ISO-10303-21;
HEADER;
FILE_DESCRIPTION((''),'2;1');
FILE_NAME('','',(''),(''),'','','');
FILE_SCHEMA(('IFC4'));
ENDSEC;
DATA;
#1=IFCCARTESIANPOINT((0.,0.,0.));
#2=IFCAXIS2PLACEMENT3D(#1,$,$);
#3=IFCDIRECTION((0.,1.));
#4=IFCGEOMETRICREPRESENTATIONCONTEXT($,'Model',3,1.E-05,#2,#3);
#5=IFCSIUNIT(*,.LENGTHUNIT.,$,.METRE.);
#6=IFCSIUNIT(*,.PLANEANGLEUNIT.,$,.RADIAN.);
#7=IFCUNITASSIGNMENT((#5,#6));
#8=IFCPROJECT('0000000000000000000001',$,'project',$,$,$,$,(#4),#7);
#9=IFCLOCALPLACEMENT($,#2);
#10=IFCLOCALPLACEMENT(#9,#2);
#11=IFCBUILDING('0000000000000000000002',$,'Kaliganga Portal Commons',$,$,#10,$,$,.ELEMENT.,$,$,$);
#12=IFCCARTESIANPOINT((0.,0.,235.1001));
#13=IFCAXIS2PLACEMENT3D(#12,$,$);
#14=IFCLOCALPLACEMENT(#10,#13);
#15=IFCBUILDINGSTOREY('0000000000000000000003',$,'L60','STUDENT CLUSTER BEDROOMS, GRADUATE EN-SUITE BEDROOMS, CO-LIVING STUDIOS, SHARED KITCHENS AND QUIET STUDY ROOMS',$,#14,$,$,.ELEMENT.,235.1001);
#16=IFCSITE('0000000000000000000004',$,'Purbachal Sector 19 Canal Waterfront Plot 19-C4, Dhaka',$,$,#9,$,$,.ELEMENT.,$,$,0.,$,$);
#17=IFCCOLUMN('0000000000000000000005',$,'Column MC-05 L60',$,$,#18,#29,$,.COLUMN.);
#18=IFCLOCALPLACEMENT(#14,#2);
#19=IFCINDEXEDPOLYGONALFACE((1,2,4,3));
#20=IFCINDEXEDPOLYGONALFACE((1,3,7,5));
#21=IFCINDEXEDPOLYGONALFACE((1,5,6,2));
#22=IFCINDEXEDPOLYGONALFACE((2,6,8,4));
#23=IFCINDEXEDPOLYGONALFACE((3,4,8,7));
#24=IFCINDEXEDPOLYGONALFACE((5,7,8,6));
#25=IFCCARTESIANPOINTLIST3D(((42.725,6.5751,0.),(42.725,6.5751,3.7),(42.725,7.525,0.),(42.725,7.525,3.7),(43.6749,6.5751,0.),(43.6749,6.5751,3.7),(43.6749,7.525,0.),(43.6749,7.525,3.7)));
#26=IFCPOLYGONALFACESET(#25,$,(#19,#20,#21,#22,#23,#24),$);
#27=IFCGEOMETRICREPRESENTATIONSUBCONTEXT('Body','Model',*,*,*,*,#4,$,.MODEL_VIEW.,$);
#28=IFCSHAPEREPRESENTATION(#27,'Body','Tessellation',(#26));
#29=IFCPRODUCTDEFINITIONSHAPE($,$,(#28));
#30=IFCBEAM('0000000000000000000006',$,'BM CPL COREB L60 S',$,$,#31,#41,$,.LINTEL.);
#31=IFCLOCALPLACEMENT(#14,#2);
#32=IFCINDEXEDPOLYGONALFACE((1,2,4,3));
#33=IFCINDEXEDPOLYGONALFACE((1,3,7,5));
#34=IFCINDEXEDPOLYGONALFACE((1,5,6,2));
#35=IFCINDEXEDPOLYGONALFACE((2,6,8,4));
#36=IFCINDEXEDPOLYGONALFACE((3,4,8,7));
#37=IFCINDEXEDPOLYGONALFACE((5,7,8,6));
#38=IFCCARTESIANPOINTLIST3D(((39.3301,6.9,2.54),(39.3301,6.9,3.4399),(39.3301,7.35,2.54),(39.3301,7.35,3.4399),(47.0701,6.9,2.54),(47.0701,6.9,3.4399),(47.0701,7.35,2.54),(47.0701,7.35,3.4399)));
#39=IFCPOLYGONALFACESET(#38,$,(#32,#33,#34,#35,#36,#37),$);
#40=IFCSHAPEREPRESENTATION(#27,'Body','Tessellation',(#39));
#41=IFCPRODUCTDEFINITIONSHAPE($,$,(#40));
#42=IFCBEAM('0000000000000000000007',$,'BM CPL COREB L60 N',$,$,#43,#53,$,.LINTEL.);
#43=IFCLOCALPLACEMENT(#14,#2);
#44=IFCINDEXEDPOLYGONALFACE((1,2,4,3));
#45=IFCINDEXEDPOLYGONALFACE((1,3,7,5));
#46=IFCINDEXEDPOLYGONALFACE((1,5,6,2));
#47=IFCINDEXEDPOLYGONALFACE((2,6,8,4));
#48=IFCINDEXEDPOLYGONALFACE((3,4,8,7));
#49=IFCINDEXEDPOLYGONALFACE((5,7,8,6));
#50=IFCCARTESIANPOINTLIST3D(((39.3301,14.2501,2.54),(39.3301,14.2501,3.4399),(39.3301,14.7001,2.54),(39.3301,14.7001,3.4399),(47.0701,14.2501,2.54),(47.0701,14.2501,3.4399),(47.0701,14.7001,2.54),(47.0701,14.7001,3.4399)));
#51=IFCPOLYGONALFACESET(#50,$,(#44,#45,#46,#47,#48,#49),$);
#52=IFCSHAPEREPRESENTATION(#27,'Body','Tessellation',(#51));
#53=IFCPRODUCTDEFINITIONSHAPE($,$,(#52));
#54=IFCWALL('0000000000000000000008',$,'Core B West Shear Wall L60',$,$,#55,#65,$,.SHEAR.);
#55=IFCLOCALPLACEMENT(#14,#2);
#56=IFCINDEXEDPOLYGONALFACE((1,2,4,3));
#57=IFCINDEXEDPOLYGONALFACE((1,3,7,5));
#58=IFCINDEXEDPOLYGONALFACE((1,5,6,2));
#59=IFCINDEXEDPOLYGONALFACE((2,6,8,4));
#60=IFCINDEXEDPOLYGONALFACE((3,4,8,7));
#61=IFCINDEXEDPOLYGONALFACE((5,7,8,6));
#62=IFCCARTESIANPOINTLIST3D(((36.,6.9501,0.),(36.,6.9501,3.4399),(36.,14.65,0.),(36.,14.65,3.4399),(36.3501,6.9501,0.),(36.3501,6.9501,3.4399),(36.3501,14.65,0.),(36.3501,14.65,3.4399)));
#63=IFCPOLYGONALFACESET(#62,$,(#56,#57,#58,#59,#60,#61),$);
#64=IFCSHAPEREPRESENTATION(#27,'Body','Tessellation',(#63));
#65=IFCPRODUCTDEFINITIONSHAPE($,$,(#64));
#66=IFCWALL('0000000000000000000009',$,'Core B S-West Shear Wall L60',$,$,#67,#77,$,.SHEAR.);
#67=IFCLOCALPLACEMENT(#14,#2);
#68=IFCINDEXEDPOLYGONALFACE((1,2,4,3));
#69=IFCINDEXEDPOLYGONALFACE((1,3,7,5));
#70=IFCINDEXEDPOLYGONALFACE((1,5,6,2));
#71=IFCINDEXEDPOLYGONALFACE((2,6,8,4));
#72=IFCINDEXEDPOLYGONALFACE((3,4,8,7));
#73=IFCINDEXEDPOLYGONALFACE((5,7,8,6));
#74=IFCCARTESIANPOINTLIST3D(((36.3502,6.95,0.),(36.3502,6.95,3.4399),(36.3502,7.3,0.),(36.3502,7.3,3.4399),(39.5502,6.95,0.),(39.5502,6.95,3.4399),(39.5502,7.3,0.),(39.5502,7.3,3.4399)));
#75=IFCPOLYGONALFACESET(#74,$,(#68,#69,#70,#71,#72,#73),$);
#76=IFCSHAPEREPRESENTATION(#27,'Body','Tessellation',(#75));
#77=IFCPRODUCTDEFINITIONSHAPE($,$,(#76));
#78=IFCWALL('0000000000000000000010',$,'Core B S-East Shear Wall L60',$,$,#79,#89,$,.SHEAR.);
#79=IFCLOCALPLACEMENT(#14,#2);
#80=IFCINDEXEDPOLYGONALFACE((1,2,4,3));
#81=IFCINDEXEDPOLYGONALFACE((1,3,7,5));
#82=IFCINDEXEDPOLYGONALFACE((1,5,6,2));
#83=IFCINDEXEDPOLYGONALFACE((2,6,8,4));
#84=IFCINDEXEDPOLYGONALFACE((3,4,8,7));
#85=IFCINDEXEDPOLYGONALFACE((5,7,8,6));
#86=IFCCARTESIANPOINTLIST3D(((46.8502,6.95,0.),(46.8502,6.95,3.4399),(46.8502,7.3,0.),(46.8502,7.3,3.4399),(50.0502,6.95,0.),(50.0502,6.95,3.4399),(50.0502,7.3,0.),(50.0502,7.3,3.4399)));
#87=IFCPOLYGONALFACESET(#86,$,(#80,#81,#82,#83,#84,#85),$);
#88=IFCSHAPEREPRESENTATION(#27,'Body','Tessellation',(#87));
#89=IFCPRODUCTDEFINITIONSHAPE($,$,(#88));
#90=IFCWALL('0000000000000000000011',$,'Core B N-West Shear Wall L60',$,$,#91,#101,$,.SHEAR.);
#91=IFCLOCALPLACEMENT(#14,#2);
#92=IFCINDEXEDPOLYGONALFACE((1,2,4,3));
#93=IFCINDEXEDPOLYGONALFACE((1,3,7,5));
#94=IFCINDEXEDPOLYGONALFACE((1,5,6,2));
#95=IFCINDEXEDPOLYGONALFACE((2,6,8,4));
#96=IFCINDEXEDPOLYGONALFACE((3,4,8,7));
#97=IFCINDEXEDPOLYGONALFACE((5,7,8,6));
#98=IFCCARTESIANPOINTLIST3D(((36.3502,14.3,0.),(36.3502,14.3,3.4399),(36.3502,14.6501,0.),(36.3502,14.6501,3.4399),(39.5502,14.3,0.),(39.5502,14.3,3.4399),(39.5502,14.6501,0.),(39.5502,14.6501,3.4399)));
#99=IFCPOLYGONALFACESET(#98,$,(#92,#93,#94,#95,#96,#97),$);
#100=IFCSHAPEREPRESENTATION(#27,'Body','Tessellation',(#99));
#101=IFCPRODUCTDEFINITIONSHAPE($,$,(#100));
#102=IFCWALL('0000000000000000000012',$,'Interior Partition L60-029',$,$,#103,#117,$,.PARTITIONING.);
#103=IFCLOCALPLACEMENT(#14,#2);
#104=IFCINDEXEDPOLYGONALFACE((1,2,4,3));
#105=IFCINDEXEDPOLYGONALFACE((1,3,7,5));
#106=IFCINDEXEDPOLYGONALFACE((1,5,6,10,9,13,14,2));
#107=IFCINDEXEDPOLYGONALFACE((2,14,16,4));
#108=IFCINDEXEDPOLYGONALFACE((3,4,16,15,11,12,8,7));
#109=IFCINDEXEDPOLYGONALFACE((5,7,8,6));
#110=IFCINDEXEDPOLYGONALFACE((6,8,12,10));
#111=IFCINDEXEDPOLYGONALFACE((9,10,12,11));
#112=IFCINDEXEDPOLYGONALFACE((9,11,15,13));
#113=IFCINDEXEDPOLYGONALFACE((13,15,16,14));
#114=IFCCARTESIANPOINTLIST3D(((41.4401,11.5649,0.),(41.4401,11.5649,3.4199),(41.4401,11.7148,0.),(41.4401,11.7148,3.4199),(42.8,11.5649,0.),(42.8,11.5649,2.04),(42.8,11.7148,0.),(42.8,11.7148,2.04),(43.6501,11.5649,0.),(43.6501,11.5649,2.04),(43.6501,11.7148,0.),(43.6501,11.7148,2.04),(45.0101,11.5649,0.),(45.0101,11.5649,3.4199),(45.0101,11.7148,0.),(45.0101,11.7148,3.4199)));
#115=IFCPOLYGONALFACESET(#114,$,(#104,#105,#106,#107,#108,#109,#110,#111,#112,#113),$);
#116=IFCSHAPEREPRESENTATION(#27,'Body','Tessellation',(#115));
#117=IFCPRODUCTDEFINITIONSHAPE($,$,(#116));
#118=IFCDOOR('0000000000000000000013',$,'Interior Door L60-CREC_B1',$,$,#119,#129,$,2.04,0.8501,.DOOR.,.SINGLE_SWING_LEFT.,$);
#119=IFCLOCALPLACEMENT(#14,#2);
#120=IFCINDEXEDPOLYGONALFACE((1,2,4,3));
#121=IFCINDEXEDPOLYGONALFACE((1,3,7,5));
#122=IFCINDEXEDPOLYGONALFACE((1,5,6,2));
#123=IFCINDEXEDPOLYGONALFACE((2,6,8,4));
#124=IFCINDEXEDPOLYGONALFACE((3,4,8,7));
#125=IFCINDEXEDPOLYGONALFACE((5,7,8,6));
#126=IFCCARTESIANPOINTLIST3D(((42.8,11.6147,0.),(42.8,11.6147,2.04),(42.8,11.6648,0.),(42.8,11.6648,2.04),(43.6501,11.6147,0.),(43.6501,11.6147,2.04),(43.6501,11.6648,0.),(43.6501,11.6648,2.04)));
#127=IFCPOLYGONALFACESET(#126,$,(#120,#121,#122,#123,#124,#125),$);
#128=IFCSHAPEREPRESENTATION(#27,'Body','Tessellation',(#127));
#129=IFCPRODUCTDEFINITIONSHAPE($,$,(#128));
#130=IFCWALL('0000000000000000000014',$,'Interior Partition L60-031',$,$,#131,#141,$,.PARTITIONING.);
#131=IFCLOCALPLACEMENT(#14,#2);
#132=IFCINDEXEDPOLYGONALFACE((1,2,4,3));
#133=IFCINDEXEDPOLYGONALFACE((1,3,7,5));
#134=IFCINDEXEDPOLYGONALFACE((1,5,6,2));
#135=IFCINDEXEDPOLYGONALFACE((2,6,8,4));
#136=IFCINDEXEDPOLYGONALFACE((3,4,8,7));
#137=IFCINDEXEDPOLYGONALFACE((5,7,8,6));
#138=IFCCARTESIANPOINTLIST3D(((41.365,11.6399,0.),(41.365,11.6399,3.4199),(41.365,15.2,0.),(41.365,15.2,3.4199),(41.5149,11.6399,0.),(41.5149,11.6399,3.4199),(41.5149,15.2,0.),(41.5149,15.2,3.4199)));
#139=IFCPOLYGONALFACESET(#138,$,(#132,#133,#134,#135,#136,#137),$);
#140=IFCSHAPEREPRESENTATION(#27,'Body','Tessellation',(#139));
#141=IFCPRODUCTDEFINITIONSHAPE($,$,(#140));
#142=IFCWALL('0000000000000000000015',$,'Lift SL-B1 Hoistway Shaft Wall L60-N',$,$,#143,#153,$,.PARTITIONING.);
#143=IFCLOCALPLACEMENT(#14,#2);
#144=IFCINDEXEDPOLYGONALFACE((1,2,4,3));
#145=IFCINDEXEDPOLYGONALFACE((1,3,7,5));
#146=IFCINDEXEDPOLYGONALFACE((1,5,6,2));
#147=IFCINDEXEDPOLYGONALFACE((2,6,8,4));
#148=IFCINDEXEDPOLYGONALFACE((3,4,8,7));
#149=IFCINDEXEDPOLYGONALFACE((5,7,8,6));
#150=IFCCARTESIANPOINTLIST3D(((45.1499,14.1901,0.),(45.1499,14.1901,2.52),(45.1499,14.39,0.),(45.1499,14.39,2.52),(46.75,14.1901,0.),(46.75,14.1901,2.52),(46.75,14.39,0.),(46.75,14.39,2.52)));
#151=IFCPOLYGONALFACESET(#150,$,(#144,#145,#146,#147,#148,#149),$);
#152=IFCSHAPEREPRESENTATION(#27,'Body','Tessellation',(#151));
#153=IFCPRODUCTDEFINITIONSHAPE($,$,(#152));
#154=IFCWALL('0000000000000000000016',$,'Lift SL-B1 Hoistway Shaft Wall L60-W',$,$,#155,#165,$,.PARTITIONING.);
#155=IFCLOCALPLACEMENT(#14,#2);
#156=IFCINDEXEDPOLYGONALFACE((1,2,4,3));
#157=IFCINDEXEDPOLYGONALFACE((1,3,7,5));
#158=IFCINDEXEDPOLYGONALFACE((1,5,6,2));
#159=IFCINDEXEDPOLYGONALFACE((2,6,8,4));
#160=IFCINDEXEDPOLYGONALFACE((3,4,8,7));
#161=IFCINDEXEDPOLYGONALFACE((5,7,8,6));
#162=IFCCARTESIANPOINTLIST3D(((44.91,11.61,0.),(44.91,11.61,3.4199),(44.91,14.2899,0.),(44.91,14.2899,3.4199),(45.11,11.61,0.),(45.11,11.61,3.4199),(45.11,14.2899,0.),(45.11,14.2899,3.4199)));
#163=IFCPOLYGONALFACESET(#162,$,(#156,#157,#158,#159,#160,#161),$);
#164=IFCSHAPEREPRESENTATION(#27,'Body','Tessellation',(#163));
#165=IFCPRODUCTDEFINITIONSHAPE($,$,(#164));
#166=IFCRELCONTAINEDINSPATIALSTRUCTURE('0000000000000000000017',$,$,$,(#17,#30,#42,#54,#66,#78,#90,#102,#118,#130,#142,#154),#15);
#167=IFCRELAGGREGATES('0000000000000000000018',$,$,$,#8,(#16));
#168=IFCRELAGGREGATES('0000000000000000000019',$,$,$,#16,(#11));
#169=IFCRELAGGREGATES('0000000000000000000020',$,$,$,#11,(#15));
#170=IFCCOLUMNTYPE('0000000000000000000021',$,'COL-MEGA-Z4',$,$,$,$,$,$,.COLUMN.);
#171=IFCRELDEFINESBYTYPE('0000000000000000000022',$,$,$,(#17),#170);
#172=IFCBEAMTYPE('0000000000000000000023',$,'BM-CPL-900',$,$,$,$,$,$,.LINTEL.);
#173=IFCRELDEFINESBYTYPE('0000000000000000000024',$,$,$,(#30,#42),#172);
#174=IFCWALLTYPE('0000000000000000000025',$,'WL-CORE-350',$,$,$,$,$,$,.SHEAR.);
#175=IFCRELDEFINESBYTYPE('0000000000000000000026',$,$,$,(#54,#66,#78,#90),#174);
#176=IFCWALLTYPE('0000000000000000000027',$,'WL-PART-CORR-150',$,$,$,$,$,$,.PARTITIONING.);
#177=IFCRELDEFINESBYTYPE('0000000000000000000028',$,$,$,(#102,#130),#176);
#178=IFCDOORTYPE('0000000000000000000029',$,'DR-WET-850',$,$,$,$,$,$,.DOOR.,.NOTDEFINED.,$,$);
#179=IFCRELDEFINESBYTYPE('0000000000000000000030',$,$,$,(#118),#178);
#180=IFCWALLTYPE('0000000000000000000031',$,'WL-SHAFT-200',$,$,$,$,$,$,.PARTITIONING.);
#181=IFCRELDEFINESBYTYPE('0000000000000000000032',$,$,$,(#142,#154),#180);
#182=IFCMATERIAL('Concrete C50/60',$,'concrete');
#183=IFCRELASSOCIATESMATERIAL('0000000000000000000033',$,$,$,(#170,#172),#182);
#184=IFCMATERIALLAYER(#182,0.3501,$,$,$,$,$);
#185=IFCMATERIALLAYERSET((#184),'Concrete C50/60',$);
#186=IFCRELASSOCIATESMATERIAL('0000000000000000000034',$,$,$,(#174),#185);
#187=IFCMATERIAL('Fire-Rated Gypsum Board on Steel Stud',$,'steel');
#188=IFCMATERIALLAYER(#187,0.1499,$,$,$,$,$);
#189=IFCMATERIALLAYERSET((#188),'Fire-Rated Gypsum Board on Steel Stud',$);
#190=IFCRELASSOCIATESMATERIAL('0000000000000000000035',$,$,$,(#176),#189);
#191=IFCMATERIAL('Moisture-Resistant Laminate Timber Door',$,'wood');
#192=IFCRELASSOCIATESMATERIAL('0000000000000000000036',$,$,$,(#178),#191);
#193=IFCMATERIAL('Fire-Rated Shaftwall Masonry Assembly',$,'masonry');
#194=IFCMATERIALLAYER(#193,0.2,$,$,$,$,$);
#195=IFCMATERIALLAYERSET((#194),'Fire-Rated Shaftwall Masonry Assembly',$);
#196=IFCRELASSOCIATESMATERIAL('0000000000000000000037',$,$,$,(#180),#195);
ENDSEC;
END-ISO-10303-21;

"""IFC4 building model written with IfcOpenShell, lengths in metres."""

from ifc_helpers import new_model, si_unit, direction, frame, frame_2d, origin, origin_2d, place, context, subcontext, project, spatial, rectangle, extrude, source, transform, mapped, material, layer, layer_set, material_profile, profile_set, type_object, element, fill, save


model = new_model("IFC4")

# Units and contexts
model_context = context("Model", 3, precision=1e-05, world=origin(), true_north=direction((0.0, 1.0)))
body_context = subcontext(model_context, "Body", "Model", "MODEL_VIEW")
ifc_project = project(units=[si_unit("LENGTHUNIT", "METRE"), si_unit("PLANEANGLEUNIT", "RADIAN")], contexts=[model_context])

# Site, building, storey
site_placement = place(None, origin())
site = spatial("IfcSite", under=ifc_project, at=site_placement, Name="Purbachal Sector 19 Canal Waterfront Plot 19-C4, Dhaka", CompositionType="ELEMENT", RefElevation=0.0)
building_placement = place(site_placement, origin())
building = spatial("IfcBuilding", under=site, at=building_placement, Name="Kaliganga Portal Commons", CompositionType="ELEMENT")
storey_placement = place(building_placement, frame((0.0, 0.0, 235.1001)))
storey = spatial("IfcBuildingStorey", under=building, at=storey_placement, Name="L60", Description="STUDENT CLUSTER BEDROOMS, GRADUATE EN-SUITE BEDROOMS, CO-LIVING STUDIOS, SHARED KITCHENS AND QUIET STUDY ROOMS", CompositionType="ELEMENT", Elevation=235.1001)

# Column
ifc_material_1 = material(Name="Concrete C50/60", Category="concrete")
ifc_material_profile_1 = material_profile(ifc_material_1, rectangle(XDim=0.95, YDim=0.95, at=origin_2d()), Name="RC 950x950")
ifc_profile_set_1 = profile_set([ifc_material_profile_1], Name="Concrete C50/60")
column_type = type_object("IfcColumnType", Name="COL-MEGA-Z4", PredefinedType="COLUMN", material=ifc_profile_set_1)
shared_shape_1 = source(origin(), body_context, "Body", "SweptSolid", [
    extrude(rectangle(XDim=0.95, YDim=0.95, at=origin_2d()), origin(), (0.0, 0.0, 1.0), 3.7),
])
column_placement = place(storey_placement, frame((43.2, 7.05, 0.0), z_axis=(0.0, 0.0, 1.0), x_axis=(1.0, 0.0, 0.0)))
element("IfcColumn", 1, at=column_placement, inside=storey, type_object=column_type, Name="Column MC-05 L60", PredefinedType="COLUMN", context=body_context, shape_type="MappedRepresentation", body=[
    mapped(shared_shape_1, transform((0.0, 0.0, 0.0), x_axis=(1.0, 0.0, 0.0), y_axis=(0.0, 1.0, 0.0), z_axis=(0.0, 0.0, 1.0), scale=1.0)),
])

# Beams
ifc_material_profile_2 = material_profile(ifc_material_1, rectangle(XDim=0.45, YDim=0.8999, at=origin_2d()), Name="RC 450x900")
ifc_profile_set_2 = profile_set([ifc_material_profile_2], Name="Concrete C50/60")
beam_type = type_object("IfcBeamType", Name="BM-CPL-900", PredefinedType="LINTEL", material=ifc_profile_set_2)
shared_shape_2 = source(origin(), body_context, "Body", "SweptSolid", [
    extrude(rectangle(XDim=0.45, YDim=0.8999, at=origin_2d()), origin(), (0.0, 0.0, 1.0), 7.74),
])
for number, where, z_axis, x_axis, name in (
    (2, (39.3301, 7.125, 2.99), (1.0, 0.0, 0.0), (0.0, 1.0, 0.0), "BM CPL COREB L60 S"),
    (3, (39.3301, 14.4751, 2.99), (1.0, 0.0, 0.0), (0.0, 1.0, 0.0), "BM CPL COREB L60 N"),
):
    element("IfcBeam", number, at=place(storey_placement, frame(where, z_axis=z_axis, x_axis=x_axis)), inside=storey, type_object=beam_type, Name=name, PredefinedType="LINTEL", context=body_context, shape_type="MappedRepresentation", body=[
        mapped(shared_shape_2, transform((0.0, 0.0, 0.0), x_axis=(1.0, 0.0, 0.0), y_axis=(0.0, 1.0, 0.0), z_axis=(0.0, 0.0, 1.0), scale=1.0)),
    ])

# Walls
ifc_layer_1 = layer(ifc_material_1, 0.3501)
ifc_layer_set_1 = layer_set([ifc_layer_1], Name="Concrete C50/60")
wall_type_1 = type_object("IfcWallType", Name="WL-CORE-350", PredefinedType="SHEAR", material=ifc_layer_set_1)
wall_1_placement = place(storey_placement, frame((36.175, 6.95, 0.0), z_axis=(0.0, 0.0, 1.0), x_axis=(0.0, 1.0, 0.0)))
element("IfcWall", 4, at=wall_1_placement, inside=storey, type_object=wall_type_1, Name="Core B West Shear Wall L60", PredefinedType="SHEAR", context=body_context, shape_type="SweptSolid", body=[
    extrude(rectangle(XDim=7.7, YDim=0.3501, at=frame_2d((3.8501, 0.0))), origin(), (0.0, 0.0, 1.0), 3.4399),
])
for number, where, z_axis, x_axis, name in (
    (5, (36.3501, 7.125, 0.0), (0.0, 0.0, 1.0), (1.0, 0.0, 0.0), "Core B S-West Shear Wall L60"),
    (6, (46.8501, 7.125, 0.0), (0.0, 0.0, 1.0), (1.0, 0.0, 0.0), "Core B S-East Shear Wall L60"),
    (7, (36.3501, 14.4751, 0.0), (0.0, 0.0, 1.0), (1.0, 0.0, 0.0), "Core B N-West Shear Wall L60"),
):
    element("IfcWall", number, at=place(storey_placement, frame(where, z_axis=z_axis, x_axis=x_axis)), inside=storey, type_object=wall_type_1, Name=name, PredefinedType="SHEAR", context=body_context, shape_type="SweptSolid", body=[
        extrude(rectangle(XDim=3.2, YDim=0.3501, at=frame_2d((1.6001, 0.0))), origin(), (0.0, 0.0, 1.0), 3.4399),
    ])

# Wall, opening, door
ifc_material_2 = material(Name="Fire-Rated Gypsum Board on Steel Stud", Category="steel")
ifc_layer_2 = layer(ifc_material_2, 0.1499)
ifc_layer_set_2 = layer_set([ifc_layer_2], Name="Fire-Rated Gypsum Board on Steel Stud")
wall_type_2 = type_object("IfcWallType", Name="WL-PART-CORR-150", PredefinedType="PARTITIONING", material=ifc_layer_set_2)
wall_2_placement = place(storey_placement, frame((41.4399, 11.6399, 0.0), z_axis=(0.0, 0.0, 1.0), x_axis=(1.0, 0.0, 0.0)))
wall_2 = element("IfcWall", 8, at=wall_2_placement, inside=storey, type_object=wall_type_2, Name="Interior Partition L60-029", PredefinedType="PARTITIONING", context=body_context, shape_type="SweptSolid", body=[
    extrude(rectangle(XDim=3.5701, YDim=0.1499, at=frame_2d((1.7852, 0.0))), origin(), (0.0, 0.0, 1.0), 3.4199),
])
opening_1_placement = place(wall_2_placement, frame((1.3601, 0.0, 0.0)))
opening_1 = element("IfcOpeningElement", 9, at=opening_1_placement, cuts=wall_2, PredefinedType="OPENING", context=body_context, shape_type="SweptSolid", body=[
    extrude(rectangle(XDim=0.8501, YDim=2.04, at=frame_2d((0.425, 1.02))), frame((0.0, 0.085, 0.0), z_axis=(0.0, -1.0, 0.0), x_axis=(1.0, 0.0, 0.0)), (0.0, 0.0, 1.0), 0.1699),
])
ifc_material_3 = material(Name="Moisture-Resistant Laminate Timber Door", Category="wood")
door_type_1 = type_object("IfcDoorType", Name="DR-WET-850", OperationType="NOTDEFINED", PredefinedType="DOOR", material=ifc_material_3)
door_1_placement = place(opening_1_placement, origin())
door_1 = element("IfcDoor", 10, at=door_1_placement, inside=storey, type_object=door_type_1, Name="Interior Door L60-CREC_B1", OperationType="SINGLE_SWING_LEFT", OverallHeight=2.04, OverallWidth=0.8501, PredefinedType="DOOR", context=body_context, shape_type="SweptSolid", body=[
    extrude(rectangle(XDim=0.8501, YDim=2.04, at=frame_2d((0.425, 1.02))), frame((0.0, 0.0249, 0.0), z_axis=(0.0, -1.0, 0.0), x_axis=(1.0, 0.0, 0.0)), (0.0, 0.0, 1.0), 0.05),
])
fill(opening_1, door_1)

# Wall
wall_3_placement = place(storey_placement, frame((41.4399, 11.6399, 0.0), z_axis=(0.0, 0.0, 1.0), x_axis=(0.0, 1.0, 0.0)))
element("IfcWall", 11, at=wall_3_placement, inside=storey, type_object=wall_type_2, Name="Interior Partition L60-031", PredefinedType="PARTITIONING", context=body_context, shape_type="SweptSolid", body=[
    extrude(rectangle(XDim=3.5601, YDim=0.1499, at=frame_2d((1.78, 0.0))), origin(), (0.0, 0.0, 1.0), 3.4199),
])

# Shared definitions
ifc_material_4 = material(Name="Fire-Rated Shaftwall Masonry Assembly", Category="masonry")
ifc_layer_3 = layer(ifc_material_4, 0.2)
ifc_layer_set_3 = layer_set([ifc_layer_3], Name="Fire-Rated Shaftwall Masonry Assembly")
wall_type_3 = type_object("IfcWallType", Name="WL-SHAFT-200", PredefinedType="PARTITIONING", material=ifc_layer_set_3)

# Walls
wall_4_placement = place(storey_placement, frame((45.1499, 14.29, 0.0), z_axis=(0.0, 0.0, 1.0), x_axis=(1.0, 0.0, 0.0)))
element("IfcWall", 12, at=wall_4_placement, inside=storey, type_object=wall_type_3, Name="Lift SL-B1 Hoistway Shaft Wall L60-N", PredefinedType="PARTITIONING", context=body_context, shape_type="SweptSolid", body=[
    extrude(rectangle(XDim=1.6001, YDim=0.2, at=frame_2d((0.8, 0.0))), origin(), (0.0, 0.0, 1.0), 2.52),
])
wall_5_placement = place(storey_placement, frame((45.01, 11.6101, 0.0), z_axis=(0.0, 0.0, 1.0), x_axis=(0.0, 1.0, 0.0)))
element("IfcWall", 13, at=wall_5_placement, inside=storey, type_object=wall_type_3, Name="Lift SL-B1 Hoistway Shaft Wall L60-W", PredefinedType="PARTITIONING", context=body_context, shape_type="SweptSolid", body=[
    extrude(rectangle(XDim=2.6799, YDim=0.2, at=frame_2d((1.3398, 0.0))), origin(), (0.0, 0.0, 1.0), 3.4199),
])

save(model, "model.ifc")
